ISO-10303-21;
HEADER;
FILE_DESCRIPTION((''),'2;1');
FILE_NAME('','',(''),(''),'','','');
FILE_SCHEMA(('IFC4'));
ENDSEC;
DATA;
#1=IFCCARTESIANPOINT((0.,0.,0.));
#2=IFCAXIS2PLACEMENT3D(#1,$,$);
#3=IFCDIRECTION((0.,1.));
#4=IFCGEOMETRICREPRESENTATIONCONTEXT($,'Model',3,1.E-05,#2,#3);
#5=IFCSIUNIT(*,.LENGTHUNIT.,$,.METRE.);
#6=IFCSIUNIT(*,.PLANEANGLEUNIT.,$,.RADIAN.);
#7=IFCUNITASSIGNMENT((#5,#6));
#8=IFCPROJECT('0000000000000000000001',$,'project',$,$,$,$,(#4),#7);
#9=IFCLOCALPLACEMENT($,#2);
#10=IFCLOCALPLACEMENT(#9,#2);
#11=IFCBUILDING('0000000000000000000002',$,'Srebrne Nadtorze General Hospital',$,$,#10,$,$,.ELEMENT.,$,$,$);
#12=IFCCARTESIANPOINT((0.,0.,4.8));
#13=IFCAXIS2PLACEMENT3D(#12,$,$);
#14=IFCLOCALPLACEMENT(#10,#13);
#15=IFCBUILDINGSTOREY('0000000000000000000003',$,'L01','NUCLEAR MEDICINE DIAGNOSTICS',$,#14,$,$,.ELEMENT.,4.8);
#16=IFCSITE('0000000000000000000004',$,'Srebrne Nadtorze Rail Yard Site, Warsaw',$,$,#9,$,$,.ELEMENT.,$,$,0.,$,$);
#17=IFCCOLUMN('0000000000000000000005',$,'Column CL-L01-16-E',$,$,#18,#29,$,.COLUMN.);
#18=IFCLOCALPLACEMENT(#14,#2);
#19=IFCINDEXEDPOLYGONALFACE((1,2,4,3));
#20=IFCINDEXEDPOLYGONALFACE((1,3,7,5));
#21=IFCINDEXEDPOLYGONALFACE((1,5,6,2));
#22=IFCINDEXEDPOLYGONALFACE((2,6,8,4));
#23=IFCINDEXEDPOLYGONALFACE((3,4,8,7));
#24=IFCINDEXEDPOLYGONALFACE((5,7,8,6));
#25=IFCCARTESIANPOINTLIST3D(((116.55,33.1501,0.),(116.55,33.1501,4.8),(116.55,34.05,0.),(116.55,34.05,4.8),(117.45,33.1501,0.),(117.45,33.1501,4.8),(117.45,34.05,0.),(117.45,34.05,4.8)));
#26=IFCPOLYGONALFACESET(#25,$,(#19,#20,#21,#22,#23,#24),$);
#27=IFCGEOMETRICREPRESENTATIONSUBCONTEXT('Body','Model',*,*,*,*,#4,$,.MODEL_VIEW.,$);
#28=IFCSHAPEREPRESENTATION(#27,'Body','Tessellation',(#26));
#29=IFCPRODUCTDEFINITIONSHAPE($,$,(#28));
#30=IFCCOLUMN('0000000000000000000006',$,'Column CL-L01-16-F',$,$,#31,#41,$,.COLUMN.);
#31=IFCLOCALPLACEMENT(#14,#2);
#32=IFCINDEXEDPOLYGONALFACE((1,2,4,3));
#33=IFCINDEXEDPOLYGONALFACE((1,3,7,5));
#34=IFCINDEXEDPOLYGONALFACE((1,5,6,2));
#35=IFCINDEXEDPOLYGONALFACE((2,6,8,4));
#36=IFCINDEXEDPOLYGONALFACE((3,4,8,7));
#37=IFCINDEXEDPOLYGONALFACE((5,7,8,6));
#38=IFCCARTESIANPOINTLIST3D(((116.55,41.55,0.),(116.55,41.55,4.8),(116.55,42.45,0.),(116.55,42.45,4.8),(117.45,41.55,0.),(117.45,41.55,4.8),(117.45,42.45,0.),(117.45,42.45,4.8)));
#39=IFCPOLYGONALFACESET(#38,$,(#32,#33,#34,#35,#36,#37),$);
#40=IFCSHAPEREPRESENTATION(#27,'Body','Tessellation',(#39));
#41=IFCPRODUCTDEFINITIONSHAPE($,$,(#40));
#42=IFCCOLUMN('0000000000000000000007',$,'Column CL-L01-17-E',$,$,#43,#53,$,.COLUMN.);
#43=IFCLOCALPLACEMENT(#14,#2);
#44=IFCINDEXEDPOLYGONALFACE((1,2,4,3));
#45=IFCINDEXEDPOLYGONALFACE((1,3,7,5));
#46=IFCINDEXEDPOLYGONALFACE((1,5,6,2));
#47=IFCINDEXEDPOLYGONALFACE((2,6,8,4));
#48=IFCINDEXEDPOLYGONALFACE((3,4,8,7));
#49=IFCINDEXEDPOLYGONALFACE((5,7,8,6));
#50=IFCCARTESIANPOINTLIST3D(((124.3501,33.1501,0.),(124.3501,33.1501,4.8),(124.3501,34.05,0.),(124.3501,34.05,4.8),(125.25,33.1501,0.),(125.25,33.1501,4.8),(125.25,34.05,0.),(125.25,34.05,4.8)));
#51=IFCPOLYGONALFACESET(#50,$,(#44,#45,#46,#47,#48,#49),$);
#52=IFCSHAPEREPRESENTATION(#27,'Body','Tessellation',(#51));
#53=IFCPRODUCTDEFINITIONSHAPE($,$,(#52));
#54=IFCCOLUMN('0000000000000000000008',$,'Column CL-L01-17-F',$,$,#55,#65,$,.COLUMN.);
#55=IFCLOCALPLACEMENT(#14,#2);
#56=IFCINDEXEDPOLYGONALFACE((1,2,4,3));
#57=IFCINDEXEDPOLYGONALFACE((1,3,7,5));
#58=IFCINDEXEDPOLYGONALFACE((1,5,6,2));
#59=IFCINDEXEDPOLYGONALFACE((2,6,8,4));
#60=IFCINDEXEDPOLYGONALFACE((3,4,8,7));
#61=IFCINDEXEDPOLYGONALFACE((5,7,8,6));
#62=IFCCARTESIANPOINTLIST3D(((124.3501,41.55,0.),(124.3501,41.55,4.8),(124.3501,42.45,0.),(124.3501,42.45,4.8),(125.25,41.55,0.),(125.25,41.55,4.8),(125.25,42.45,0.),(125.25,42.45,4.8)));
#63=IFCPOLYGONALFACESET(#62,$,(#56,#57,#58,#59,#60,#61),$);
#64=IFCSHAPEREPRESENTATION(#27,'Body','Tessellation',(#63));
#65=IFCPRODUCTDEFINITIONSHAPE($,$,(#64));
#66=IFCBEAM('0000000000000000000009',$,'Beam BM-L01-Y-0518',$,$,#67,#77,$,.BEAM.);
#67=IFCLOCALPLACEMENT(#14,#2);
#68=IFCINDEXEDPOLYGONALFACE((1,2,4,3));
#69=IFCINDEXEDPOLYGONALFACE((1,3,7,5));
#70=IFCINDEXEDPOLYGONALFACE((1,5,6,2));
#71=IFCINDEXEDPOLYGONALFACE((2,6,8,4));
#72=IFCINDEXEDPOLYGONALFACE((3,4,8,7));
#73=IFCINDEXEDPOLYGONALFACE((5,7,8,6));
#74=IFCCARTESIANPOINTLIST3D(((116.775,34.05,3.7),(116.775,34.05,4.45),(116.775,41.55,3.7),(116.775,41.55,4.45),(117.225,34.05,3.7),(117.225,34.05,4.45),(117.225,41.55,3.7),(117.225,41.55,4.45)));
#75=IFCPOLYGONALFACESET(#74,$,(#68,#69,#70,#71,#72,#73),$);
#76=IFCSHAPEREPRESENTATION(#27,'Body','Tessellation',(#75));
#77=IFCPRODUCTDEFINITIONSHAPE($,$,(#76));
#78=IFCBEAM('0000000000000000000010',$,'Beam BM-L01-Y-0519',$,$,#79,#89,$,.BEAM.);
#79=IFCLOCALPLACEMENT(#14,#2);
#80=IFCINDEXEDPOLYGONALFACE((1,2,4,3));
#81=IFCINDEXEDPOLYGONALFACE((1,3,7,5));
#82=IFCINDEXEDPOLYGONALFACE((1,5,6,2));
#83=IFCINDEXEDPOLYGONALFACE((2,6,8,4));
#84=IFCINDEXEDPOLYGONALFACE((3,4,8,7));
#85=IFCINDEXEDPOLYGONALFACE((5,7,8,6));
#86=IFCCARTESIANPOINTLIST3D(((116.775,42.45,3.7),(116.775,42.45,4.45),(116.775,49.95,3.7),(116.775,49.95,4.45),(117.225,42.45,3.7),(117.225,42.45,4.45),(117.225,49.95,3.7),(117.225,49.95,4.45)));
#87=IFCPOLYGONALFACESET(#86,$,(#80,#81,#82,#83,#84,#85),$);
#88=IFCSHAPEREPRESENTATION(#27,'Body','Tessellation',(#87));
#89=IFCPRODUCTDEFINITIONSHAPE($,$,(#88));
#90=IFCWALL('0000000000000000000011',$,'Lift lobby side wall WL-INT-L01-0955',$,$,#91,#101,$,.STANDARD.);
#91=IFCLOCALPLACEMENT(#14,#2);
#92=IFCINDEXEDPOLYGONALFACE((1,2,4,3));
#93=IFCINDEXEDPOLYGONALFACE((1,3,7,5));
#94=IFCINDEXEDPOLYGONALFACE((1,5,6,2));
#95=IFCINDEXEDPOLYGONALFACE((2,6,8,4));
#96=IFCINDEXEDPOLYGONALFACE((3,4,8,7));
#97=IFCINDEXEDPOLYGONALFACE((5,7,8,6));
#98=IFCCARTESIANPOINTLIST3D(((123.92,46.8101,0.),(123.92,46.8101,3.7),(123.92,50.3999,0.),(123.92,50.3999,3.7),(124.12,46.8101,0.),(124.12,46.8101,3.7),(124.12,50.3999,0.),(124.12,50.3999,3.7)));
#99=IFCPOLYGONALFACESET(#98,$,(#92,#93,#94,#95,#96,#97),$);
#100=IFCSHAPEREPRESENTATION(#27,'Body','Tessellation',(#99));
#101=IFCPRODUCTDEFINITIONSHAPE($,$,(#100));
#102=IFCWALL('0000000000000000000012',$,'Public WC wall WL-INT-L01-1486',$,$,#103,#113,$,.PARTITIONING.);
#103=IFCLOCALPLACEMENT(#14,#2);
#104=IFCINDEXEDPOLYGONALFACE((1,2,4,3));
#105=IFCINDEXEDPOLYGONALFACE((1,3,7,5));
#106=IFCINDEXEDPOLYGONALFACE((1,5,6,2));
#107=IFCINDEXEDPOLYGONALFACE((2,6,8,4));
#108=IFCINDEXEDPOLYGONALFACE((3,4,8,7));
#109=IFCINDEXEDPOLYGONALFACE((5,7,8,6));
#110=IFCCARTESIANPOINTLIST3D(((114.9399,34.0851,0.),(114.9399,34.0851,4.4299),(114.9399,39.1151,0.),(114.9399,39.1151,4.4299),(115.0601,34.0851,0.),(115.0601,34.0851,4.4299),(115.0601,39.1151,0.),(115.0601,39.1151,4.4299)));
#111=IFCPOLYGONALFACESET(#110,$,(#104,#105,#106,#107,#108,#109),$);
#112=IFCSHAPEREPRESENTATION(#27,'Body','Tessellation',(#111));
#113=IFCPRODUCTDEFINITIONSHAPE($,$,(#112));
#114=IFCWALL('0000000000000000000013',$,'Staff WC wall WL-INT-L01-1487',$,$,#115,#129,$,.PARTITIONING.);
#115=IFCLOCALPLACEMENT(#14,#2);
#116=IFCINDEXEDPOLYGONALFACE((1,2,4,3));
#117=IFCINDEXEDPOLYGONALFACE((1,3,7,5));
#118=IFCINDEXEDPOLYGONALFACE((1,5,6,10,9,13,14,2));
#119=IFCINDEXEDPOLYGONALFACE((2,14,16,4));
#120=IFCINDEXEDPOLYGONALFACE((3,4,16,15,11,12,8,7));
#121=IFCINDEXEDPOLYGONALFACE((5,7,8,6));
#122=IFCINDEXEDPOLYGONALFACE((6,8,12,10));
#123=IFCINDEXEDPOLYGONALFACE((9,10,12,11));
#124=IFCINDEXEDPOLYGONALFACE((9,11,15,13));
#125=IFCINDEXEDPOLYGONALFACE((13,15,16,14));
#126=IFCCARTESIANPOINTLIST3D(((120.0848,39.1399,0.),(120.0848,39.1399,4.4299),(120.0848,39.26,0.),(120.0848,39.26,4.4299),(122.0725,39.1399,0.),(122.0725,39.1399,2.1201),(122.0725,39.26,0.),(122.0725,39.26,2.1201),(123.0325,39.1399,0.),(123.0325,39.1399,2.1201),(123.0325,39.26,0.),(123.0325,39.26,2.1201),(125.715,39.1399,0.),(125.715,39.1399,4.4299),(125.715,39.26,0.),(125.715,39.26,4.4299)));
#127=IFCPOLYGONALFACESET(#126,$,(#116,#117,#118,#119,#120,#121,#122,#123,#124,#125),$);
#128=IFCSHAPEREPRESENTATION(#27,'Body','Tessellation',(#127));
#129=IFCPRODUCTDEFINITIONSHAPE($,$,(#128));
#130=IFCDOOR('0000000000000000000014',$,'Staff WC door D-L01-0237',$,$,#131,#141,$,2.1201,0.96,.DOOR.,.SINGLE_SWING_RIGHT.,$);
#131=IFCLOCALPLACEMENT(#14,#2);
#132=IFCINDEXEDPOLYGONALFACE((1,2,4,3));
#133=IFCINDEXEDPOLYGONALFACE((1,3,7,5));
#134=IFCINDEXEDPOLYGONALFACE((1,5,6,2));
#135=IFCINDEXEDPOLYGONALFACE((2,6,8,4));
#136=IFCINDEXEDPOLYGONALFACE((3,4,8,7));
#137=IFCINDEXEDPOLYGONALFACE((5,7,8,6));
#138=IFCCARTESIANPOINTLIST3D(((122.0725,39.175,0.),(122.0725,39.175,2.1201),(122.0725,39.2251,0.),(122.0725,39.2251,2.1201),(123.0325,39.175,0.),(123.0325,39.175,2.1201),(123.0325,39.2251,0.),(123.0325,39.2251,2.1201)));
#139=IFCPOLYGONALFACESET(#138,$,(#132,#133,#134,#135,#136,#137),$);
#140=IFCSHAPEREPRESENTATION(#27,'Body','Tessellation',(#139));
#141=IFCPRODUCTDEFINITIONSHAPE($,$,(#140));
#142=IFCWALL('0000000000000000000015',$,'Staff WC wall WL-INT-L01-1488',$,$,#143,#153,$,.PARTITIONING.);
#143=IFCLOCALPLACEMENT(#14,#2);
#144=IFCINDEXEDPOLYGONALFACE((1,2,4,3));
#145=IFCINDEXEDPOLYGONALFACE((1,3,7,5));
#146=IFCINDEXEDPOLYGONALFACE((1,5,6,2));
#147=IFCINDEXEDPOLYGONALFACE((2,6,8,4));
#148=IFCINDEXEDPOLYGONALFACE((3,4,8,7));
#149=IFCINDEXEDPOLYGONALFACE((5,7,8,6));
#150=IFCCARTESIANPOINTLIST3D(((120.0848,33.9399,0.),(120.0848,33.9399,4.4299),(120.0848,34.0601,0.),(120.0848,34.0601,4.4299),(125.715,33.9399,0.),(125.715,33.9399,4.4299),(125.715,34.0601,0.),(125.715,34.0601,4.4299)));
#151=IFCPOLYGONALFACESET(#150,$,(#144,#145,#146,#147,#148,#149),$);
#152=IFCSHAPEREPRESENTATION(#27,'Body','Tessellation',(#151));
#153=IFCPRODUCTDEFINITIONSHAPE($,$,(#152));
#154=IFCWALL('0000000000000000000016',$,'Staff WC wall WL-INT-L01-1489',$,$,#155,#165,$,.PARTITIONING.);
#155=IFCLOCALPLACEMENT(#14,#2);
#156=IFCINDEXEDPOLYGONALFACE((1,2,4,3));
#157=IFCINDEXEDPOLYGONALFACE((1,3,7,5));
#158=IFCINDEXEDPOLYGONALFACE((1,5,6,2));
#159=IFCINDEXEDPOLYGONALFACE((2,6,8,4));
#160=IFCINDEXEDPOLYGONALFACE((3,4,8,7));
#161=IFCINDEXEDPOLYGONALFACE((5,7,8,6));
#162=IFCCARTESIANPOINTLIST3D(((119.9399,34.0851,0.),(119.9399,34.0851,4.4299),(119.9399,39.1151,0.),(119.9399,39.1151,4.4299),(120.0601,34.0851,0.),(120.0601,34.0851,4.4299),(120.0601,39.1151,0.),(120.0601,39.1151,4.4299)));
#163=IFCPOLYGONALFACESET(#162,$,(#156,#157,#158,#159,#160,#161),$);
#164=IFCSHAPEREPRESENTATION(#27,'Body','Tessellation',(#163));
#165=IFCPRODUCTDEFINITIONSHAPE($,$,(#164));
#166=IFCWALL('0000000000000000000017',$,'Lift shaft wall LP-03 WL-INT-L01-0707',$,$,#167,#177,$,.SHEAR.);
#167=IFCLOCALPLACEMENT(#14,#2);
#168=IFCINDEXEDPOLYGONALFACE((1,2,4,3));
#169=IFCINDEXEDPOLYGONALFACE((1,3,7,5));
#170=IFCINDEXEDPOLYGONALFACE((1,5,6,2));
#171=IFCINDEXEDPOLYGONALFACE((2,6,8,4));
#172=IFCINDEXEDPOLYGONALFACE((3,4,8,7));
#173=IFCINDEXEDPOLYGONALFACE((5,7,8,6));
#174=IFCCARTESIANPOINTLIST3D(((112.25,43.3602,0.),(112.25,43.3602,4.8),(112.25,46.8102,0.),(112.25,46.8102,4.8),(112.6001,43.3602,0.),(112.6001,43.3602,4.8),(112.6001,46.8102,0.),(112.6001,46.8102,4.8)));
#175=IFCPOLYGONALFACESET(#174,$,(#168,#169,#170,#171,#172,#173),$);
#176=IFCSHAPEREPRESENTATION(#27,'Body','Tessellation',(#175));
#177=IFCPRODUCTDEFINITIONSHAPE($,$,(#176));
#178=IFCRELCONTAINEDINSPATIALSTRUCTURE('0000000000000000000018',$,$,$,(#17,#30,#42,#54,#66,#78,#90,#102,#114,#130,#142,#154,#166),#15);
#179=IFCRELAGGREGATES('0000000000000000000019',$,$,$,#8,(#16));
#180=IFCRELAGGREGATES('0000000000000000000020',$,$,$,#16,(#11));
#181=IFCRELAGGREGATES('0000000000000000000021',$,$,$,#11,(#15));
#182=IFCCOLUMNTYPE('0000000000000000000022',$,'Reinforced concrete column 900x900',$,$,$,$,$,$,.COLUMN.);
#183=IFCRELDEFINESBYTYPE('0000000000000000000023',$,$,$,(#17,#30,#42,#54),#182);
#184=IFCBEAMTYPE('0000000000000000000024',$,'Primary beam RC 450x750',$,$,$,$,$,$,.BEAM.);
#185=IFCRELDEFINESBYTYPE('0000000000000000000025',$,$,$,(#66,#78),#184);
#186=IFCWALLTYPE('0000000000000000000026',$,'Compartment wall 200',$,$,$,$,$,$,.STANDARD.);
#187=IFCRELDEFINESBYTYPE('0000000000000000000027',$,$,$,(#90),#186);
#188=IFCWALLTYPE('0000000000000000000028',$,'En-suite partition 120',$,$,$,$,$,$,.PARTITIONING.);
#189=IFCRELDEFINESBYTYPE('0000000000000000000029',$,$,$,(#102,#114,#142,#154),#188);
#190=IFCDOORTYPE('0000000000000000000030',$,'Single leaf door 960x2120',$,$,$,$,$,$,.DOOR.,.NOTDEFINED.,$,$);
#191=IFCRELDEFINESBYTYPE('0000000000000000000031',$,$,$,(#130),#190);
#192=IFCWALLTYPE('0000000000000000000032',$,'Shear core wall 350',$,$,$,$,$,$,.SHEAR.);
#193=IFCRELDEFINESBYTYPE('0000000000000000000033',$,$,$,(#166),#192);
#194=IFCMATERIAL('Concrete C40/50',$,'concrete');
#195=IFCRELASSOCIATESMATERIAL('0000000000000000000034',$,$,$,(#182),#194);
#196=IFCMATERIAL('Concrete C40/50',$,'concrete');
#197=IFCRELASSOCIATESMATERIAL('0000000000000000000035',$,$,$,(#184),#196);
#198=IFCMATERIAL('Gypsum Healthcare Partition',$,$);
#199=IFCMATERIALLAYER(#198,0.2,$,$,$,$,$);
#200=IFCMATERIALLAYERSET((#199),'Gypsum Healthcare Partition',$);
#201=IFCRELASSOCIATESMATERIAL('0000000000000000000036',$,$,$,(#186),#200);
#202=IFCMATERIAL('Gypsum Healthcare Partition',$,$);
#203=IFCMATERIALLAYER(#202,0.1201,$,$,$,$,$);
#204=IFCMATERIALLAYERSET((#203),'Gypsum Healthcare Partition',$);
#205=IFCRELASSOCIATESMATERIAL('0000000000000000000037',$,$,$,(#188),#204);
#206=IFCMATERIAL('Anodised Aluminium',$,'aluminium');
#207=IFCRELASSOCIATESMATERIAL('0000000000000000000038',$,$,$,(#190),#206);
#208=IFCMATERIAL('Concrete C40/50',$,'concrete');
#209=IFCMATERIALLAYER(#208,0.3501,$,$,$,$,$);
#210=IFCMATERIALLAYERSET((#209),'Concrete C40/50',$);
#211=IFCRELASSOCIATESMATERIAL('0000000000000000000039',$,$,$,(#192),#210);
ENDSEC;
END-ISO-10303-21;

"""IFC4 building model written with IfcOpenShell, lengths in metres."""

from ifc_helpers import new_model, si_unit, direction, frame, frame_2d, origin, origin_2d, place, context, subcontext, project, spatial, rectangle, extrude, material, layer, layer_set, material_profile, profile_set, type_object, element, fill, save


model = new_model("IFC4")

# Units and contexts
model_context = context("Model", 3, precision=1e-05, world=origin(), true_north=direction((0.0, 1.0)))
body_context = subcontext(model_context, "Body", "Model", "MODEL_VIEW")
ifc_project = project(units=[si_unit("LENGTHUNIT", "METRE"), si_unit("PLANEANGLEUNIT", "RADIAN")], contexts=[model_context])

# Site, building, storey
site_placement = place(None, origin())
site = spatial("IfcSite", under=ifc_project, at=site_placement, Name="Srebrne Nadtorze Rail Yard Site, Warsaw", CompositionType="ELEMENT", RefElevation=0.0)
building_placement = place(site_placement, origin())
building = spatial("IfcBuilding", under=site, at=building_placement, Name="Srebrne Nadtorze General Hospital", CompositionType="ELEMENT")
storey_placement = place(building_placement, frame((0.0, 0.0, 4.8)))
storey = spatial("IfcBuildingStorey", under=building, at=storey_placement, Name="L01", Description="NUCLEAR MEDICINE DIAGNOSTICS", CompositionType="ELEMENT", Elevation=4.8)

# Columns
ifc_material_1 = material(Name="Concrete C40/50", Category="concrete")
ifc_material_profile_1 = material_profile(ifc_material_1, rectangle(XDim=0.8999, YDim=0.8999, at=origin_2d()), Name="RC-COL-900x900")
ifc_profile_set_1 = profile_set([ifc_material_profile_1], Name="Concrete C40/50")
column_type = type_object("IfcColumnType", Name="Reinforced concrete column 900x900", PredefinedType="COLUMN", material=ifc_profile_set_1)
for number, where, z_axis, x_axis, name in (
    (1, (117.0, 33.6001, 0.0), (0.0, 0.0, 1.0), (1.0, 0.0, 0.0), "Column CL-L01-16-E"),
    (2, (117.0, 42.0, 0.0), (0.0, 0.0, 1.0), (1.0, 0.0, 0.0), "Column CL-L01-16-F"),
    (3, (124.8, 33.6001, 0.0), (0.0, 0.0, 1.0), (1.0, 0.0, 0.0), "Column CL-L01-17-E"),
    (4, (124.8, 42.0, 0.0), (0.0, 0.0, 1.0), (1.0, 0.0, 0.0), "Column CL-L01-17-F"),
):
    element("IfcColumn", number, at=place(storey_placement, frame(where, z_axis=z_axis, x_axis=x_axis)), inside=storey, type_object=column_type, Name=name, PredefinedType="COLUMN", context=body_context, shape_type="SweptSolid", body=[
        extrude(rectangle(XDim=0.8999, YDim=0.8999, at=origin_2d()), origin(), (0.0, 0.0, 1.0), 4.8),
    ])

# Beams
ifc_material_2 = material(Name="Concrete C40/50", Category="concrete")
ifc_material_profile_2 = material_profile(ifc_material_2, rectangle(XDim=0.45, YDim=0.75, at=origin_2d()), Name="RC-BM-450x750")
ifc_profile_set_2 = profile_set([ifc_material_profile_2], Name="Concrete C40/50")
beam_type = type_object("IfcBeamType", Name="Primary beam RC 450x750", PredefinedType="BEAM", material=ifc_profile_set_2)
for number, where, z_axis, x_axis, name in (
    (5, (117.0, 34.05, 4.075), (0.0, 1.0, 0.0), (-1.0, 0.0, 0.0), "Beam BM-L01-Y-0518"),
    (6, (117.0, 42.45, 4.075), (0.0, 1.0, 0.0), (-1.0, 0.0, 0.0), "Beam BM-L01-Y-0519"),
):
    element("IfcBeam", number, at=place(storey_placement, frame(where, z_axis=z_axis, x_axis=x_axis)), inside=storey, type_object=beam_type, Name=name, PredefinedType="BEAM", context=body_context, shape_type="SweptSolid", body=[
        extrude(rectangle(XDim=0.45, YDim=0.75, at=origin_2d()), origin(), (0.0, 0.0, 1.0), 7.5),
    ])

# Walls
ifc_material_3 = material(Name="Gypsum Healthcare Partition")
ifc_layer_1 = layer(ifc_material_3, 0.2)
ifc_layer_set_1 = layer_set([ifc_layer_1], Name="Gypsum Healthcare Partition")
wall_type_1 = type_object("IfcWallType", Name="Compartment wall 200", PredefinedType="STANDARD", material=ifc_layer_set_1)
wall_1_placement = place(storey_placement, frame((124.02, 46.8101, 0.0), z_axis=(0.0, 0.0, 1.0), x_axis=(0.0, 1.0, 0.0)))
element("IfcWall", 7, at=wall_1_placement, inside=storey, type_object=wall_type_1, Name="Lift lobby side wall WL-INT-L01-0955", PredefinedType="STANDARD", context=body_context, shape_type="SweptSolid", body=[
    extrude(rectangle(XDim=3.5898, YDim=0.2, at=frame_2d((1.7949, 0.0))), origin(), (0.0, 0.0, 1.0), 3.7),
])
ifc_material_4 = material(Name="Gypsum Healthcare Partition")
ifc_layer_2 = layer(ifc_material_4, 0.1201)
ifc_layer_set_2 = layer_set([ifc_layer_2], Name="Gypsum Healthcare Partition")
wall_type_2 = type_object("IfcWallType", Name="En-suite partition 120", PredefinedType="PARTITIONING", material=ifc_layer_set_2)
wall_2_placement = place(storey_placement, frame((115.0, 34.085, 0.0), z_axis=(0.0, 0.0, 1.0), x_axis=(0.0, 1.0, 0.0)))
element("IfcWall", 8, at=wall_2_placement, inside=storey, type_object=wall_type_2, Name="Public WC wall WL-INT-L01-1486", PredefinedType="PARTITIONING", context=body_context, shape_type="SweptSolid", body=[
    extrude(rectangle(XDim=5.03, YDim=0.1201, at=frame_2d((2.5151, 0.0))), origin(), (0.0, 0.0, 1.0), 4.4299),
])

# Wall, opening, door
wall_3_placement = place(storey_placement, frame((120.085, 39.2, 0.0), z_axis=(0.0, 0.0, 1.0), x_axis=(1.0, 0.0, 0.0)))
wall_3 = element("IfcWall", 9, at=wall_3_placement, inside=storey, type_object=wall_type_2, Name="Staff WC wall WL-INT-L01-1487", PredefinedType="PARTITIONING", context=body_context, shape_type="SweptSolid", body=[
    extrude(rectangle(XDim=5.6301, YDim=0.1201, at=frame_2d((2.8149, 0.0))), origin(), (0.0, 0.0, 1.0), 4.4299),
])
opening_1_placement = place(wall_3_placement, frame((1.9875, 0.0, 0.0)))
opening_1 = element("IfcOpeningElement", 10, at=opening_1_placement, cuts=wall_3, PredefinedType="OPENING", context=body_context, shape_type="SweptSolid", body=[
    extrude(rectangle(XDim=0.96, YDim=2.1201, at=frame_2d((0.48, 1.0601))), frame((0.0, 0.072, 0.0), z_axis=(0.0, -1.0, 0.0), x_axis=(1.0, 0.0, 0.0)), (0.0, 0.0, 1.0), 0.144),
])
ifc_material_5 = material(Name="Anodised Aluminium", Category="aluminium")
door_type_1 = type_object("IfcDoorType", Name="Single leaf door 960x2120", OperationType="NOTDEFINED", PredefinedType="DOOR", material=ifc_material_5)
door_1_placement = place(opening_1_placement, frame((0.96, 0.0, 0.0), z_axis=(0.0, 0.0, 1.0), x_axis=(-1.0, 0.0, 0.0)))
door_1 = element("IfcDoor", 11, at=door_1_placement, inside=storey, type_object=door_type_1, Name="Staff WC door D-L01-0237", OperationType="SINGLE_SWING_RIGHT", OverallHeight=2.1201, OverallWidth=0.96, PredefinedType="DOOR", context=body_context, shape_type="SweptSolid", body=[
    extrude(rectangle(XDim=0.96, YDim=2.1201, at=frame_2d((0.48, 1.0601))), frame((0.0, 0.0249, 0.0), z_axis=(0.0, -1.0, 0.0), x_axis=(1.0, 0.0, 0.0)), (0.0, 0.0, 1.0), 0.05),
])
fill(opening_1, door_1)

# Walls
wall_4_placement = place(storey_placement, frame((120.085, 34.0, 0.0), z_axis=(0.0, 0.0, 1.0), x_axis=(1.0, 0.0, 0.0)))
element("IfcWall", 12, at=wall_4_placement, inside=storey, type_object=wall_type_2, Name="Staff WC wall WL-INT-L01-1488", PredefinedType="PARTITIONING", context=body_context, shape_type="SweptSolid", body=[
    extrude(rectangle(XDim=5.6301, YDim=0.1201, at=frame_2d((2.8149, 0.0))), origin(), (0.0, 0.0, 1.0), 4.4299),
])
wall_5_placement = place(storey_placement, frame((120.0, 34.085, 0.0), z_axis=(0.0, 0.0, 1.0), x_axis=(0.0, 1.0, 0.0)))
element("IfcWall", 13, at=wall_5_placement, inside=storey, type_object=wall_type_2, Name="Staff WC wall WL-INT-L01-1489", PredefinedType="PARTITIONING", context=body_context, shape_type="SweptSolid", body=[
    extrude(rectangle(XDim=5.03, YDim=0.1201, at=frame_2d((2.5151, 0.0))), origin(), (0.0, 0.0, 1.0), 4.4299),
])
ifc_material_6 = material(Name="Concrete C40/50", Category="concrete")
ifc_layer_3 = layer(ifc_material_6, 0.3501)
ifc_layer_set_3 = layer_set([ifc_layer_3], Name="Concrete C40/50")
wall_type_3 = type_object("IfcWallType", Name="Shear core wall 350", PredefinedType="SHEAR", material=ifc_layer_set_3)
wall_6_placement = place(storey_placement, frame((112.425, 43.3601, 0.0), z_axis=(0.0, 0.0, 1.0), x_axis=(0.0, 1.0, 0.0)))
element("IfcWall", 14, at=wall_6_placement, inside=storey, type_object=wall_type_3, Name="Lift shaft wall LP-03 WL-INT-L01-0707", PredefinedType="SHEAR", context=body_context, shape_type="SweptSolid", body=[
    extrude(rectangle(XDim=3.45, YDim=0.3501, at=frame_2d((1.7251, 0.0))), origin(), (0.0, 0.0, 1.0), 4.8),
])

save(model, "model.ifc")
